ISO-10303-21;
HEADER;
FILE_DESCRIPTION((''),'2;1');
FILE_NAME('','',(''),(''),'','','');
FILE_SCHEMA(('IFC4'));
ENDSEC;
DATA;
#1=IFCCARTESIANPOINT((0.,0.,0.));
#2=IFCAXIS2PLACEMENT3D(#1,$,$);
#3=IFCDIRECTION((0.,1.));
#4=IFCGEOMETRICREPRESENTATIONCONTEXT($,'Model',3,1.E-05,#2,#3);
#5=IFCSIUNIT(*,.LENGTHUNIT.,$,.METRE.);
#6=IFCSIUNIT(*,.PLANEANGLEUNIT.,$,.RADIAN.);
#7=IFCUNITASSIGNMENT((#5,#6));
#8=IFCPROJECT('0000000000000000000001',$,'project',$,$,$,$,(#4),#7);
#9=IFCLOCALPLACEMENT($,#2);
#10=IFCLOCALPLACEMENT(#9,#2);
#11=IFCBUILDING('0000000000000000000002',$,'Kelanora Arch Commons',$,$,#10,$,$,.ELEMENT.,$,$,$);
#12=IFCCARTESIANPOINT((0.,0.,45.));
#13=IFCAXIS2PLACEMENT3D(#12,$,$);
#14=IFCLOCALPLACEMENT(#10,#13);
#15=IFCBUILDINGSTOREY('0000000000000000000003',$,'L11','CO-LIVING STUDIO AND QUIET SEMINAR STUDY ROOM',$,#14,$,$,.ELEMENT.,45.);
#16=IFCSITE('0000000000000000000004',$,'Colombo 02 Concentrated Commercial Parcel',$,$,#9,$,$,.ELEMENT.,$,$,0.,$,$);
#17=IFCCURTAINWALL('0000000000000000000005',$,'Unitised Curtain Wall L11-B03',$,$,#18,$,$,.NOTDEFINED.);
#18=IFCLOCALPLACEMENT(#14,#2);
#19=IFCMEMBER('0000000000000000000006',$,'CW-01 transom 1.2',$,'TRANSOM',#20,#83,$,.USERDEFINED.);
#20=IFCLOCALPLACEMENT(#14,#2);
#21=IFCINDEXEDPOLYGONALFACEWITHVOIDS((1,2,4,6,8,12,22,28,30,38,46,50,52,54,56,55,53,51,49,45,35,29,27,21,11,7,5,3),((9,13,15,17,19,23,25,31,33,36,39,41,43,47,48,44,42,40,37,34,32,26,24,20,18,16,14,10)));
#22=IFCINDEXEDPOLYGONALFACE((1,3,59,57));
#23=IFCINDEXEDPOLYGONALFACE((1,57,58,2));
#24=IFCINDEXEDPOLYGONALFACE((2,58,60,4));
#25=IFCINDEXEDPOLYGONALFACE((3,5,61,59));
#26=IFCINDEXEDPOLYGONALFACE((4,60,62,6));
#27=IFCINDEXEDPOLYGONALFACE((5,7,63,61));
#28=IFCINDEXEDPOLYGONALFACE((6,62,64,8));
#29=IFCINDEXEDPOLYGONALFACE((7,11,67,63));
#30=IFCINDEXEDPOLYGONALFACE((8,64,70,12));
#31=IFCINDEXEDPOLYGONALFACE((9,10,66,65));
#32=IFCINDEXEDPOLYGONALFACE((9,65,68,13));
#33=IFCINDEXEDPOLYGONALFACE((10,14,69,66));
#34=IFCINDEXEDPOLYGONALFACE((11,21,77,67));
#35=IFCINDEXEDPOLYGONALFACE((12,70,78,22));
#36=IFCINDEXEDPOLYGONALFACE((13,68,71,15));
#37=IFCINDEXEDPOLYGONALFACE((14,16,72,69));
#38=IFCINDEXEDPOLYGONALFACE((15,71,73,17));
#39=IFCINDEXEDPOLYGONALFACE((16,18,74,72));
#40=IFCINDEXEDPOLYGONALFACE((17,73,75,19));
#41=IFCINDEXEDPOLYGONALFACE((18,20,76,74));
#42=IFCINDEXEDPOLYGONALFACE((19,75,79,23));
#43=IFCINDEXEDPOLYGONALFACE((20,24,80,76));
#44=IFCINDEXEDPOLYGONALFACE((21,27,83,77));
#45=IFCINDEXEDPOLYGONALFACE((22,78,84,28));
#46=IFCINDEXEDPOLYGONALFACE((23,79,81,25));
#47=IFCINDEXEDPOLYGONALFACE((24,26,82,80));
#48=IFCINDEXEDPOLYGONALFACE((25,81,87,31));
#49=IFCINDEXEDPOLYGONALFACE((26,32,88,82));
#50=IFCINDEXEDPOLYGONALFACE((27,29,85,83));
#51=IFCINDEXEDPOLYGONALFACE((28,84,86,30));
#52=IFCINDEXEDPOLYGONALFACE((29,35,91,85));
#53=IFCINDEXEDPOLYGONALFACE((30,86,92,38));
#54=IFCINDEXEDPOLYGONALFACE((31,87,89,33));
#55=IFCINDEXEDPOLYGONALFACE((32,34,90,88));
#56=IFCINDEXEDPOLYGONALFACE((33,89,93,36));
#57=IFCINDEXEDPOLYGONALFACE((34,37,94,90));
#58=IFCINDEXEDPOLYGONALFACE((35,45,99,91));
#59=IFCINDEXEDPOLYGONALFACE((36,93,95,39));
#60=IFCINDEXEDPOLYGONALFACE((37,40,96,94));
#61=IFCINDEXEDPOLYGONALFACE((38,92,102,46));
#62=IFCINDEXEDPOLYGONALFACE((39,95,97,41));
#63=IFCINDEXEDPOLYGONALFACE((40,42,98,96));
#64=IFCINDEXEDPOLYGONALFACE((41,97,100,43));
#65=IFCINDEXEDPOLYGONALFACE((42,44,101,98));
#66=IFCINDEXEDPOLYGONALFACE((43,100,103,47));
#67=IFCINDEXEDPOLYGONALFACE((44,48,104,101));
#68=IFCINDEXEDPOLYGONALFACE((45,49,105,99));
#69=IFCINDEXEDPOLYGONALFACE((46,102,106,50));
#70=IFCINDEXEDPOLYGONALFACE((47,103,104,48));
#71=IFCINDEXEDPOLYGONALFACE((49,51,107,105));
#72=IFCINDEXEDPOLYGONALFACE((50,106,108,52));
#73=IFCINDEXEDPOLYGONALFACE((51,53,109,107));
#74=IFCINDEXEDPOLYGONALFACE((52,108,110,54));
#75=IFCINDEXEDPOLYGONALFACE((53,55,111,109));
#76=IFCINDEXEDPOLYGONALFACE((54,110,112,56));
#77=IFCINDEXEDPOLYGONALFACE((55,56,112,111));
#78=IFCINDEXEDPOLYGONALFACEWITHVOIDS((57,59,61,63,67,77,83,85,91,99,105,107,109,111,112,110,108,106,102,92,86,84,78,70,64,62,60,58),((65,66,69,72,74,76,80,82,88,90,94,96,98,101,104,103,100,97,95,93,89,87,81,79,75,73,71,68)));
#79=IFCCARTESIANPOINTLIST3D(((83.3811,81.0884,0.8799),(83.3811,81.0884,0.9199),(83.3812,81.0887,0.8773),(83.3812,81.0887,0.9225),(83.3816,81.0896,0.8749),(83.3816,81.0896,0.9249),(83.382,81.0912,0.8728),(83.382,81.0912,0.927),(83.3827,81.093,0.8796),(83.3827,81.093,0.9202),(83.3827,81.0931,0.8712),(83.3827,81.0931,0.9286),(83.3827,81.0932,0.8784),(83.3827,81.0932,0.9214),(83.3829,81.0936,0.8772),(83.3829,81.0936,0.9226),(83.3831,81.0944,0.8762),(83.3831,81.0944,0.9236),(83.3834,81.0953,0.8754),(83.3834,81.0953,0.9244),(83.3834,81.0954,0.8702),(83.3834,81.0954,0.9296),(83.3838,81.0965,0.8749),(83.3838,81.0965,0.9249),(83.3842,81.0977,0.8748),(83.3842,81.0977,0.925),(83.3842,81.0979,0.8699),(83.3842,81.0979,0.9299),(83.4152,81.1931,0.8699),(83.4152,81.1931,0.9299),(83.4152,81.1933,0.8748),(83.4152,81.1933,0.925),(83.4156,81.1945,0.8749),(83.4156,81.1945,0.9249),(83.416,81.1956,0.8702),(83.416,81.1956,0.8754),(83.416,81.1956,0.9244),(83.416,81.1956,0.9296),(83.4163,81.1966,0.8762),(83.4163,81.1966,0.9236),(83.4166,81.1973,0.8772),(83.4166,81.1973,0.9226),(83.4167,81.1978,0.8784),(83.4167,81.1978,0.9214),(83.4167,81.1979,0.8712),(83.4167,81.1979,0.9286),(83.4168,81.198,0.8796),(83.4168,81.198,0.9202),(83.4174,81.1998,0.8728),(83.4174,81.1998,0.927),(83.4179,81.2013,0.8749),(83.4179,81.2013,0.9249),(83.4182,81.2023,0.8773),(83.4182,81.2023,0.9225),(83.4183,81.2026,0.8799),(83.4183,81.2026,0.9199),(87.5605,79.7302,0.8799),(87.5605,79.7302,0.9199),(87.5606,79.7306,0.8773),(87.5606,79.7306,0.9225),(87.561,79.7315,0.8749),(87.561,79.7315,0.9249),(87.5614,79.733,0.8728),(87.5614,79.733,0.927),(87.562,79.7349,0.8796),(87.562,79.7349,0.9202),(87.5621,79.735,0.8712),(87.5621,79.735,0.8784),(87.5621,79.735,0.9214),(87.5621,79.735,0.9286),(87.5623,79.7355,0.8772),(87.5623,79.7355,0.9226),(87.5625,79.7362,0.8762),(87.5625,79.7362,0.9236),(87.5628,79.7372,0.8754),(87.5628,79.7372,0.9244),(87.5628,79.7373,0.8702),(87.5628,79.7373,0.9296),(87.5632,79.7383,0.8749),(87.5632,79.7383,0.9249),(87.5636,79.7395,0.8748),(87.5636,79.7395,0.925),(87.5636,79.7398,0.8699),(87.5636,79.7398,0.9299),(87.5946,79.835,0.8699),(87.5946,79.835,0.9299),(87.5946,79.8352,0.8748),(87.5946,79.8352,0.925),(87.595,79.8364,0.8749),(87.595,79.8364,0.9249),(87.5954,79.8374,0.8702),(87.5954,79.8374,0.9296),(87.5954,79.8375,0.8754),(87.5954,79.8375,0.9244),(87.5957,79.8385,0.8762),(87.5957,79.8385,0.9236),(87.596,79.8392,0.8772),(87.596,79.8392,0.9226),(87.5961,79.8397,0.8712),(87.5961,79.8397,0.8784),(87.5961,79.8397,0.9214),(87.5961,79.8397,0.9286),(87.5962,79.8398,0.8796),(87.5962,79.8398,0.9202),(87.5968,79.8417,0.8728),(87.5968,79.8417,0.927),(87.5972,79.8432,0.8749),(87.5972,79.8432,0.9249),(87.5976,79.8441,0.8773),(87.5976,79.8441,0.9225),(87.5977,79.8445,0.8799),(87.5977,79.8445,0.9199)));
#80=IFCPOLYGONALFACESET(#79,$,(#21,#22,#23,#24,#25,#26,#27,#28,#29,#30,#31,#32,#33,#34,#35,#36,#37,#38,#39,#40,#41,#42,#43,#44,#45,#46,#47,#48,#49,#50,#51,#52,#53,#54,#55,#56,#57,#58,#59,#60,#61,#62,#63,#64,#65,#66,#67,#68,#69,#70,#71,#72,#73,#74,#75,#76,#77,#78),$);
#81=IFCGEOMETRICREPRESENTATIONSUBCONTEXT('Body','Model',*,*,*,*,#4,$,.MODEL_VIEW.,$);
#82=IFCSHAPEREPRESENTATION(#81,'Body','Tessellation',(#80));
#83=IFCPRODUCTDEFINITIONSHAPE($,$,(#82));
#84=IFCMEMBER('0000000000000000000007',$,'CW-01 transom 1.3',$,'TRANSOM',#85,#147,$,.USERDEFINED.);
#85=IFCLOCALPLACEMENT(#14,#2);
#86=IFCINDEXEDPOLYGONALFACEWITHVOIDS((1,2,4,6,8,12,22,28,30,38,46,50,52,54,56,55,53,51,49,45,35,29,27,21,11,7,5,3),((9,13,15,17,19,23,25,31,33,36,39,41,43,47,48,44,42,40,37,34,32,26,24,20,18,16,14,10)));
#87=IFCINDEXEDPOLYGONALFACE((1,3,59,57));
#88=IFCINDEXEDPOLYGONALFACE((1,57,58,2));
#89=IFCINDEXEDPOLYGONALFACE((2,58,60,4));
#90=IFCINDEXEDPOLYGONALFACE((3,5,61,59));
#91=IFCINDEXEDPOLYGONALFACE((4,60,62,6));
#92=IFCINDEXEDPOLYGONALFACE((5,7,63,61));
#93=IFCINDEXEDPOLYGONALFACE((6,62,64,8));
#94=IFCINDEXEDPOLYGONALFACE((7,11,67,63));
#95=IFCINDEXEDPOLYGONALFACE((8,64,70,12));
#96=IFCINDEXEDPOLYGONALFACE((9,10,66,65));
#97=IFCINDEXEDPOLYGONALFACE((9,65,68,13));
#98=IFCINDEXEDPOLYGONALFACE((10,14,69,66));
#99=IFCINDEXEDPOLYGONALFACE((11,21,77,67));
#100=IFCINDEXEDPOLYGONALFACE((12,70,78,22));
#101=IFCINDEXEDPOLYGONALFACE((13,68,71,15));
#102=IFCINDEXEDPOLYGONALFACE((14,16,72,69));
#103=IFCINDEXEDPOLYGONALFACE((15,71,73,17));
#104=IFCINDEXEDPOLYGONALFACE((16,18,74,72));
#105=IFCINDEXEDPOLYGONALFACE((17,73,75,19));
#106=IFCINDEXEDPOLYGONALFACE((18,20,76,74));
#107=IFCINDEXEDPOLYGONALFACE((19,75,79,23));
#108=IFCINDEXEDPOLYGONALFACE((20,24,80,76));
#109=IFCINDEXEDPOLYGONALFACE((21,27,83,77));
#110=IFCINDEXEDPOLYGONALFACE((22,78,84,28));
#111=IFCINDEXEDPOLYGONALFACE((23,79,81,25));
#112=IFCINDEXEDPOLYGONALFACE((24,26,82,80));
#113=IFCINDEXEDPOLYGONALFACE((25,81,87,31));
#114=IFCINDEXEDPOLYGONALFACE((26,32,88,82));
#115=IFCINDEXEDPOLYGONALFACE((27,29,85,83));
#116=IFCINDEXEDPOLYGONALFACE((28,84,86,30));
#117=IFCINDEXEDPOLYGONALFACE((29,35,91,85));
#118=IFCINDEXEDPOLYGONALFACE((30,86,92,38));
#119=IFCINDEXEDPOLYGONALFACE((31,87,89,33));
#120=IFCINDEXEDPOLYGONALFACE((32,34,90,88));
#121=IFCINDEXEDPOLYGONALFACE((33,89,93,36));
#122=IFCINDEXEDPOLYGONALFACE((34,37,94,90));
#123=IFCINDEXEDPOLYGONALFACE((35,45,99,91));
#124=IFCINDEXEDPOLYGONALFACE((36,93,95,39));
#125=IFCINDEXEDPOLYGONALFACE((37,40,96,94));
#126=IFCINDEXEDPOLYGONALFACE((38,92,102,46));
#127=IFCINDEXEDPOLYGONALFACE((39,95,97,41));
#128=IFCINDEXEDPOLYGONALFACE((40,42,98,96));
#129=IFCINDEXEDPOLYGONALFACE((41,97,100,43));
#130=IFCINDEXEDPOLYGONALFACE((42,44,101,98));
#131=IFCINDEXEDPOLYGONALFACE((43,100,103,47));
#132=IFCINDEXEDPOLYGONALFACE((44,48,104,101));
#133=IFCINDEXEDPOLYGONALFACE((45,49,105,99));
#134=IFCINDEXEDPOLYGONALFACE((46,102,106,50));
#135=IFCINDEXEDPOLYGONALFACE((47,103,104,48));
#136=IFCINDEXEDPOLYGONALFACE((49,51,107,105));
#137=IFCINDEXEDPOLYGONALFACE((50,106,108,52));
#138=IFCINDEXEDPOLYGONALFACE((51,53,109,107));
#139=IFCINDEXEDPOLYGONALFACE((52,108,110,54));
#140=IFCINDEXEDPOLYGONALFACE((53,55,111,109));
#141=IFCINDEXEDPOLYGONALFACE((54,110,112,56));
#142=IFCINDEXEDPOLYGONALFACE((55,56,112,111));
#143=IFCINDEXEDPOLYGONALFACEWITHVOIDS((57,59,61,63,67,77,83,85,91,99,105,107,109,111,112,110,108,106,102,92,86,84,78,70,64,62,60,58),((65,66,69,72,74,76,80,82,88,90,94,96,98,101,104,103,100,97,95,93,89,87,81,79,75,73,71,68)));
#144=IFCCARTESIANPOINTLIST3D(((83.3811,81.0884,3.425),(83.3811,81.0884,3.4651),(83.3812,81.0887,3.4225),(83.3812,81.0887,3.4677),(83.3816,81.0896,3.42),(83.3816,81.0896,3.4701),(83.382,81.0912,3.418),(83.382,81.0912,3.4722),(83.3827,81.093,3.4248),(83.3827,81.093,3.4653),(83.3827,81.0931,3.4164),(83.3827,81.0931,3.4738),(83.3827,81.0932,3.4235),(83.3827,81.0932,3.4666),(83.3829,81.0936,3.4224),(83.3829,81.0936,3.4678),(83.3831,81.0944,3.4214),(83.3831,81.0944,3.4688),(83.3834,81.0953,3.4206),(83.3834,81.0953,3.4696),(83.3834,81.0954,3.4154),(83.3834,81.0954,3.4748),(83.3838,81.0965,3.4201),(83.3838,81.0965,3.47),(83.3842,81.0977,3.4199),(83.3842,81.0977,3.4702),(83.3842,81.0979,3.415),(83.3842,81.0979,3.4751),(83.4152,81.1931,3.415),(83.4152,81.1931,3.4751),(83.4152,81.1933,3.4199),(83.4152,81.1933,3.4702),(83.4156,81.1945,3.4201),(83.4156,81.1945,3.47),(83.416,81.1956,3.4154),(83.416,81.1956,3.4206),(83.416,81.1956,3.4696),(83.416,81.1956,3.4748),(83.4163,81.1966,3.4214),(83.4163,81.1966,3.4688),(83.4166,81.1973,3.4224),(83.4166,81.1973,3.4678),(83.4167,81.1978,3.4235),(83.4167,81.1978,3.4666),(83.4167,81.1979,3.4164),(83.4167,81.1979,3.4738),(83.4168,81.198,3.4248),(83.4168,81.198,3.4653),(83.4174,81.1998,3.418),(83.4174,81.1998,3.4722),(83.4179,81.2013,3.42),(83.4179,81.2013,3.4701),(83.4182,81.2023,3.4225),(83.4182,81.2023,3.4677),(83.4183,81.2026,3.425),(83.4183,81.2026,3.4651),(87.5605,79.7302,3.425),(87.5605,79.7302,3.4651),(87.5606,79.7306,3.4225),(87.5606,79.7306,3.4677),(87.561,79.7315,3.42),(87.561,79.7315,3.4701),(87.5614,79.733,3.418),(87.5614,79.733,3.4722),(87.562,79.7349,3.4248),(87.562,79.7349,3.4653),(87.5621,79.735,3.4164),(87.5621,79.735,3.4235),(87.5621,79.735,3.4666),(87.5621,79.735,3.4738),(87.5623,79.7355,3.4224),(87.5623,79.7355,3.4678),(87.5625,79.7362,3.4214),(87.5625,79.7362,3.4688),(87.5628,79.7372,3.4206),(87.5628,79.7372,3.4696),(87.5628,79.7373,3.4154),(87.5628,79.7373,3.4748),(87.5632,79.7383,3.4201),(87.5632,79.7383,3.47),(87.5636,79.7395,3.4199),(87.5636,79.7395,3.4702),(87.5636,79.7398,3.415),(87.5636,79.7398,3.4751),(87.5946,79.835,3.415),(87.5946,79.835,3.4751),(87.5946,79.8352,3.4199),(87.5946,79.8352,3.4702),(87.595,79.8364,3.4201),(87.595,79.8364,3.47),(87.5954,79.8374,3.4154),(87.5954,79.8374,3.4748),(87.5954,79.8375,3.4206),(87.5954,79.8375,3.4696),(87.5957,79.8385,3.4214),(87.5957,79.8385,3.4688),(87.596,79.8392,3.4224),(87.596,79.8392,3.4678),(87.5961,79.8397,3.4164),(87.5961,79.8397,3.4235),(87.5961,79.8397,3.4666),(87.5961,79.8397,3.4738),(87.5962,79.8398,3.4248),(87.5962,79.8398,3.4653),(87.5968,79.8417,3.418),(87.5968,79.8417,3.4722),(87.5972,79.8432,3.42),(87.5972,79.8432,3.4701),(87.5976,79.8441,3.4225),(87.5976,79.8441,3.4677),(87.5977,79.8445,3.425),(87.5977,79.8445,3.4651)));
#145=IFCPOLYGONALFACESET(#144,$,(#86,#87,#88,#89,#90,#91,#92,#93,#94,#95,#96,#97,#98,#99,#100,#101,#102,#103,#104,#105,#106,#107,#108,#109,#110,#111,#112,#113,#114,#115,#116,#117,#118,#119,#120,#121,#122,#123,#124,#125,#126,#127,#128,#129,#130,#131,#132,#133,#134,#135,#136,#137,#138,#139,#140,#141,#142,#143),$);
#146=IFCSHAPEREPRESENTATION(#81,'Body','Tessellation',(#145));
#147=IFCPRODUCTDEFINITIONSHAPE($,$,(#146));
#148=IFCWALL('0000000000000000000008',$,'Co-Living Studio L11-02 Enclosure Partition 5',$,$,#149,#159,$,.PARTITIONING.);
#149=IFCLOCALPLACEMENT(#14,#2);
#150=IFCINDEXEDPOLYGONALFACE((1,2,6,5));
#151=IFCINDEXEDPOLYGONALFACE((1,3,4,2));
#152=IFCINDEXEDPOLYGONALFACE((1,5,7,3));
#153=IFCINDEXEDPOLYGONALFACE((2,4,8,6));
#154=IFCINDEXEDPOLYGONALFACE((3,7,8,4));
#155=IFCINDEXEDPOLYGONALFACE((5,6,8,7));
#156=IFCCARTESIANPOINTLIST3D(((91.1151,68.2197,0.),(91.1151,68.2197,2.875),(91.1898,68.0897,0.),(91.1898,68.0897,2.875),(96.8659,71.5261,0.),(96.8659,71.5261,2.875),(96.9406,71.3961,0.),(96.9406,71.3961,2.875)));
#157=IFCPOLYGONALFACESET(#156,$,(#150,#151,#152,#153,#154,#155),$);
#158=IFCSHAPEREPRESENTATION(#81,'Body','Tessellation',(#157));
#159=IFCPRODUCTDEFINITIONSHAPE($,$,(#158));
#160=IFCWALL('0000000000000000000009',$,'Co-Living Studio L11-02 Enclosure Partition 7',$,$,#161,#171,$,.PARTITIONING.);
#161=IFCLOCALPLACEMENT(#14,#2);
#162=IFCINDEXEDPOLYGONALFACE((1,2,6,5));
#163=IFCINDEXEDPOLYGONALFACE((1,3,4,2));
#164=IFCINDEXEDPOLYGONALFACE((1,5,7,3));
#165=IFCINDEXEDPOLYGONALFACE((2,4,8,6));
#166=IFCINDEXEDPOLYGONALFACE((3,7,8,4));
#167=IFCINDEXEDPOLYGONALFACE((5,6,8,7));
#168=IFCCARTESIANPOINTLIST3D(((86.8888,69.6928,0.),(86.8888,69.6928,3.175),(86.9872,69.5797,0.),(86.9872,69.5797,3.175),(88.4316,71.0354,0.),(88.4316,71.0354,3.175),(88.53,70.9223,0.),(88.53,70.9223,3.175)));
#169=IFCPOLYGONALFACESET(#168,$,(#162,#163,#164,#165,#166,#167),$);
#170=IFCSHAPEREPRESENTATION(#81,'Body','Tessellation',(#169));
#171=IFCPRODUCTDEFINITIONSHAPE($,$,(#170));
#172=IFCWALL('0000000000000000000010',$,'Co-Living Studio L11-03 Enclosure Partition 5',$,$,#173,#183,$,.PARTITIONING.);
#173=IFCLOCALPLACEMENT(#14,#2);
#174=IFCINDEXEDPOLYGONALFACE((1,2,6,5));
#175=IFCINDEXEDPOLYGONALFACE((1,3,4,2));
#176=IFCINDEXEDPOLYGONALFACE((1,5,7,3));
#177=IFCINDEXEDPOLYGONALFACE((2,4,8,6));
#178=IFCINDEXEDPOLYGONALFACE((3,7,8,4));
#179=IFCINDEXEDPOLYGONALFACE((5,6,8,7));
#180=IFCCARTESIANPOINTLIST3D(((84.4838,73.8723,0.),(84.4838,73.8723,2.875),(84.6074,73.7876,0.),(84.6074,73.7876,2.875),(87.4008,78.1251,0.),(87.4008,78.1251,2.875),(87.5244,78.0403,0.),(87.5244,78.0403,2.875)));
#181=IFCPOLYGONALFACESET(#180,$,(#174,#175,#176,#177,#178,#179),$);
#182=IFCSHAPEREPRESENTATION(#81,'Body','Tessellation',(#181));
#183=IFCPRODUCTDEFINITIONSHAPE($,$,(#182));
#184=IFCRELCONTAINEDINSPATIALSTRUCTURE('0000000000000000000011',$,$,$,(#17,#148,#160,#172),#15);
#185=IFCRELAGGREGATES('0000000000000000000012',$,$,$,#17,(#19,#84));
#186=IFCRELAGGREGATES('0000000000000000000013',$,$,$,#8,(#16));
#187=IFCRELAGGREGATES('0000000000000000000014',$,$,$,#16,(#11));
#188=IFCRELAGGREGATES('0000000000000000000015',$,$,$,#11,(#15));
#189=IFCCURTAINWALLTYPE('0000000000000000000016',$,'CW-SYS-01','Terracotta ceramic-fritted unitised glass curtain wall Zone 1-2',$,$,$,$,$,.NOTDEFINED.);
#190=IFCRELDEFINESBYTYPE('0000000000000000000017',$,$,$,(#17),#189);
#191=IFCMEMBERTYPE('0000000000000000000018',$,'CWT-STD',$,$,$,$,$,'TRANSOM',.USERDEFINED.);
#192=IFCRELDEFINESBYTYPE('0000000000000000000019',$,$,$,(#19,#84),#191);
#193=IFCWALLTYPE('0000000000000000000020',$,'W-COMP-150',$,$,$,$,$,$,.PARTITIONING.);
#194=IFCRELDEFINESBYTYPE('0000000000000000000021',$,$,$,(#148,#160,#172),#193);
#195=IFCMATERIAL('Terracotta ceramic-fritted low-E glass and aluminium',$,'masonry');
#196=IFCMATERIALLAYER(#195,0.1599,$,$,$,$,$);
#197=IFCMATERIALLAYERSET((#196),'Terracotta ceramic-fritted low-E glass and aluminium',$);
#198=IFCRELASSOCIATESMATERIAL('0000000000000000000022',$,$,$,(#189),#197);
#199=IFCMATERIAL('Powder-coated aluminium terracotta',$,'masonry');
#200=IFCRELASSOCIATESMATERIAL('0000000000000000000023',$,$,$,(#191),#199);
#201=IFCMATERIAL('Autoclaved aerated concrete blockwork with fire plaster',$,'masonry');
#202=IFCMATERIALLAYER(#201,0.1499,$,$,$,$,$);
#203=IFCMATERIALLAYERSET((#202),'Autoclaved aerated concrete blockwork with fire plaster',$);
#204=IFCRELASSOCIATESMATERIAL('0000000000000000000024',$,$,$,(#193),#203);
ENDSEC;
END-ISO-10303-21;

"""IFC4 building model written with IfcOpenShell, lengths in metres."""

from ifc_helpers import new_model, si_unit, direction, frame, frame_2d, origin, origin_2d, place, context, subcontext, project, spatial, rectangle, hollow_rectangle, extrude, material, layer, layer_set, material_profile, profile_set, type_object, element, aggregate, save


model = new_model("IFC4")

# Units and contexts
model_context = context("Model", 3, precision=1e-05, world=origin(), true_north=direction((0.0, 1.0)))
body_context = subcontext(model_context, "Body", "Model", "MODEL_VIEW")
ifc_project = project(units=[si_unit("LENGTHUNIT", "METRE"), si_unit("PLANEANGLEUNIT", "RADIAN")], contexts=[model_context])

# Site, building, storey
site_placement = place(None, origin())
site = spatial("IfcSite", under=ifc_project, at=site_placement, Name="Colombo 02 Concentrated Commercial Parcel", CompositionType="ELEMENT", RefElevation=0.0)
building_placement = place(site_placement, origin())
building = spatial("IfcBuilding", under=site, at=building_placement, Name="Kelanora Arch Commons", CompositionType="ELEMENT")
storey_placement = place(building_placement, frame((0.0, 0.0, 45.0)))
storey = spatial("IfcBuildingStorey", under=building, at=storey_placement, Name="L11", Description="CO-LIVING STUDIO AND QUIET SEMINAR STUDY ROOM", CompositionType="ELEMENT", Elevation=45.0)

# Shared definitions
ifc_material_1 = material(Name="Terracotta ceramic-fritted low-E glass and aluminium", Category="masonry")
ifc_layer_1 = layer(ifc_material_1, 0.1599)
ifc_layer_set_1 = layer_set([ifc_layer_1], Name="Terracotta ceramic-fritted low-E glass and aluminium")
curtain_wall_type = type_object("IfcCurtainWallType", Name="CW-SYS-01", Description="Terracotta ceramic-fritted unitised glass curtain wall Zone 1-2", PredefinedType="NOTDEFINED", material=ifc_layer_set_1)
ifc_material_2 = material(Name="Powder-coated aluminium terracotta", Category="masonry")

# Curtain wall, members
curtain_wall_1_placement = place(storey_placement, origin())
curtain_wall_1 = element("IfcCurtainWall", 1, at=curtain_wall_1_placement, inside=storey, type_object=curtain_wall_type, Name="Unitised Curtain Wall L11-B03", PredefinedType="NOTDEFINED")
ifc_material_profile_1 = material_profile(ifc_material_2, hollow_rectangle(XDim=0.1201, YDim=0.0601, WallThickness=0.0049, InnerFilletRadius=0.0049, OuterFilletRadius=0.01, at=origin_2d()), Name="CWT120x60")
ifc_profile_set_1 = profile_set([ifc_material_profile_1], Name="Powder-coated aluminium terracotta")
member_type_1 = type_object("IfcMemberType", Name="CWT-STD", ElementType="TRANSOM", PredefinedType="USERDEFINED", material=ifc_profile_set_1)
member_1_placement = place(storey_placement, frame((87.5791, 79.7874, 0.8999), z_axis=(-0.951045, 0.309052, 0.0), x_axis=(-0.309052, -0.951045, 0.0)))
member_1 = element("IfcMember", 2, at=member_1_placement, type_object=member_type_1, Name="CW-01 transom 1.2", ObjectType="TRANSOM", PredefinedType="USERDEFINED", context=body_context, shape_type="SweptSolid", body=[
    extrude(hollow_rectangle(XDim=0.1201, YDim=0.0601, WallThickness=0.0049, InnerFilletRadius=0.0049, OuterFilletRadius=0.01, at=origin_2d()), origin(), (0.0, 0.0, 1.0), 4.3945),
])
member_2_placement = place(storey_placement, frame((87.5791, 79.7874, 3.4451), z_axis=(-0.951045, 0.309052, 0.0), x_axis=(-0.309052, -0.951045, 0.0)))
member_2 = element("IfcMember", 3, at=member_2_placement, type_object=member_type_1, Name="CW-01 transom 1.3", ObjectType="TRANSOM", PredefinedType="USERDEFINED", context=body_context, shape_type="SweptSolid", body=[
    extrude(hollow_rectangle(XDim=0.1201, YDim=0.0601, WallThickness=0.0049, InnerFilletRadius=0.0049, OuterFilletRadius=0.01, at=origin_2d()), origin(), (0.0, 0.0, 1.0), 4.3945),
])
aggregate(curtain_wall_1, [member_1, member_2])

# Walls
ifc_material_3 = material(Name="Autoclaved aerated concrete blockwork with fire plaster", Category="masonry")
ifc_layer_2 = layer(ifc_material_3, 0.1499)
ifc_layer_set_2 = layer_set([ifc_layer_2], Name="Autoclaved aerated concrete blockwork with fire plaster")
wall_type_1 = type_object("IfcWallType", Name="W-COMP-150", PredefinedType="PARTITIONING", material=ifc_layer_set_2)
wall_1_placement = place(storey_placement, frame((96.9033, 71.4612, 0.0), z_axis=(0.0, 0.0, 1.0), x_axis=(-0.866924, -0.49844, 0.0)))
element("IfcWall", 4, at=wall_1_placement, inside=storey, type_object=wall_type_1, Name="Co-Living Studio L11-02 Enclosure Partition 5", PredefinedType="PARTITIONING", context=body_context, shape_type="SweptSolid", body=[
    extrude(rectangle(XDim=6.6335, YDim=0.1499, at=frame_2d((3.3169, 0.0))), origin(), (0.0, 0.0, 1.0), 2.875),
])
wall_2_placement = place(storey_placement, frame((88.4807, 70.9788, 0.0), z_axis=(0.0, 0.0, 1.0), x_axis=(-0.754356, -0.656465, 0.0)))
element("IfcWall", 5, at=wall_2_placement, inside=storey, type_object=wall_type_1, Name="Co-Living Studio L11-02 Enclosure Partition 7", PredefinedType="PARTITIONING", context=body_context, shape_type="SweptSolid", body=[
    extrude(rectangle(XDim=2.0452, YDim=0.1499, at=frame_2d((1.0225, 0.0))), origin(), (0.0, 0.0, 1.0), 3.175),
])
wall_3_placement = place(storey_placement, frame((87.4626, 78.0828, 0.0), z_axis=(0.0, 0.0, 1.0), x_axis=(-0.565642, -0.824651, 0.0)))
element("IfcWall", 6, at=wall_3_placement, inside=storey, type_object=wall_type_1, Name="Co-Living Studio L11-03 Enclosure Partition 5", PredefinedType="PARTITIONING", context=body_context, shape_type="SweptSolid", body=[
    extrude(rectangle(XDim=5.157, YDim=0.1499, at=frame_2d((2.5786, 0.0))), origin(), (0.0, 0.0, 1.0), 2.875),
])

save(model, "model.ifc")
